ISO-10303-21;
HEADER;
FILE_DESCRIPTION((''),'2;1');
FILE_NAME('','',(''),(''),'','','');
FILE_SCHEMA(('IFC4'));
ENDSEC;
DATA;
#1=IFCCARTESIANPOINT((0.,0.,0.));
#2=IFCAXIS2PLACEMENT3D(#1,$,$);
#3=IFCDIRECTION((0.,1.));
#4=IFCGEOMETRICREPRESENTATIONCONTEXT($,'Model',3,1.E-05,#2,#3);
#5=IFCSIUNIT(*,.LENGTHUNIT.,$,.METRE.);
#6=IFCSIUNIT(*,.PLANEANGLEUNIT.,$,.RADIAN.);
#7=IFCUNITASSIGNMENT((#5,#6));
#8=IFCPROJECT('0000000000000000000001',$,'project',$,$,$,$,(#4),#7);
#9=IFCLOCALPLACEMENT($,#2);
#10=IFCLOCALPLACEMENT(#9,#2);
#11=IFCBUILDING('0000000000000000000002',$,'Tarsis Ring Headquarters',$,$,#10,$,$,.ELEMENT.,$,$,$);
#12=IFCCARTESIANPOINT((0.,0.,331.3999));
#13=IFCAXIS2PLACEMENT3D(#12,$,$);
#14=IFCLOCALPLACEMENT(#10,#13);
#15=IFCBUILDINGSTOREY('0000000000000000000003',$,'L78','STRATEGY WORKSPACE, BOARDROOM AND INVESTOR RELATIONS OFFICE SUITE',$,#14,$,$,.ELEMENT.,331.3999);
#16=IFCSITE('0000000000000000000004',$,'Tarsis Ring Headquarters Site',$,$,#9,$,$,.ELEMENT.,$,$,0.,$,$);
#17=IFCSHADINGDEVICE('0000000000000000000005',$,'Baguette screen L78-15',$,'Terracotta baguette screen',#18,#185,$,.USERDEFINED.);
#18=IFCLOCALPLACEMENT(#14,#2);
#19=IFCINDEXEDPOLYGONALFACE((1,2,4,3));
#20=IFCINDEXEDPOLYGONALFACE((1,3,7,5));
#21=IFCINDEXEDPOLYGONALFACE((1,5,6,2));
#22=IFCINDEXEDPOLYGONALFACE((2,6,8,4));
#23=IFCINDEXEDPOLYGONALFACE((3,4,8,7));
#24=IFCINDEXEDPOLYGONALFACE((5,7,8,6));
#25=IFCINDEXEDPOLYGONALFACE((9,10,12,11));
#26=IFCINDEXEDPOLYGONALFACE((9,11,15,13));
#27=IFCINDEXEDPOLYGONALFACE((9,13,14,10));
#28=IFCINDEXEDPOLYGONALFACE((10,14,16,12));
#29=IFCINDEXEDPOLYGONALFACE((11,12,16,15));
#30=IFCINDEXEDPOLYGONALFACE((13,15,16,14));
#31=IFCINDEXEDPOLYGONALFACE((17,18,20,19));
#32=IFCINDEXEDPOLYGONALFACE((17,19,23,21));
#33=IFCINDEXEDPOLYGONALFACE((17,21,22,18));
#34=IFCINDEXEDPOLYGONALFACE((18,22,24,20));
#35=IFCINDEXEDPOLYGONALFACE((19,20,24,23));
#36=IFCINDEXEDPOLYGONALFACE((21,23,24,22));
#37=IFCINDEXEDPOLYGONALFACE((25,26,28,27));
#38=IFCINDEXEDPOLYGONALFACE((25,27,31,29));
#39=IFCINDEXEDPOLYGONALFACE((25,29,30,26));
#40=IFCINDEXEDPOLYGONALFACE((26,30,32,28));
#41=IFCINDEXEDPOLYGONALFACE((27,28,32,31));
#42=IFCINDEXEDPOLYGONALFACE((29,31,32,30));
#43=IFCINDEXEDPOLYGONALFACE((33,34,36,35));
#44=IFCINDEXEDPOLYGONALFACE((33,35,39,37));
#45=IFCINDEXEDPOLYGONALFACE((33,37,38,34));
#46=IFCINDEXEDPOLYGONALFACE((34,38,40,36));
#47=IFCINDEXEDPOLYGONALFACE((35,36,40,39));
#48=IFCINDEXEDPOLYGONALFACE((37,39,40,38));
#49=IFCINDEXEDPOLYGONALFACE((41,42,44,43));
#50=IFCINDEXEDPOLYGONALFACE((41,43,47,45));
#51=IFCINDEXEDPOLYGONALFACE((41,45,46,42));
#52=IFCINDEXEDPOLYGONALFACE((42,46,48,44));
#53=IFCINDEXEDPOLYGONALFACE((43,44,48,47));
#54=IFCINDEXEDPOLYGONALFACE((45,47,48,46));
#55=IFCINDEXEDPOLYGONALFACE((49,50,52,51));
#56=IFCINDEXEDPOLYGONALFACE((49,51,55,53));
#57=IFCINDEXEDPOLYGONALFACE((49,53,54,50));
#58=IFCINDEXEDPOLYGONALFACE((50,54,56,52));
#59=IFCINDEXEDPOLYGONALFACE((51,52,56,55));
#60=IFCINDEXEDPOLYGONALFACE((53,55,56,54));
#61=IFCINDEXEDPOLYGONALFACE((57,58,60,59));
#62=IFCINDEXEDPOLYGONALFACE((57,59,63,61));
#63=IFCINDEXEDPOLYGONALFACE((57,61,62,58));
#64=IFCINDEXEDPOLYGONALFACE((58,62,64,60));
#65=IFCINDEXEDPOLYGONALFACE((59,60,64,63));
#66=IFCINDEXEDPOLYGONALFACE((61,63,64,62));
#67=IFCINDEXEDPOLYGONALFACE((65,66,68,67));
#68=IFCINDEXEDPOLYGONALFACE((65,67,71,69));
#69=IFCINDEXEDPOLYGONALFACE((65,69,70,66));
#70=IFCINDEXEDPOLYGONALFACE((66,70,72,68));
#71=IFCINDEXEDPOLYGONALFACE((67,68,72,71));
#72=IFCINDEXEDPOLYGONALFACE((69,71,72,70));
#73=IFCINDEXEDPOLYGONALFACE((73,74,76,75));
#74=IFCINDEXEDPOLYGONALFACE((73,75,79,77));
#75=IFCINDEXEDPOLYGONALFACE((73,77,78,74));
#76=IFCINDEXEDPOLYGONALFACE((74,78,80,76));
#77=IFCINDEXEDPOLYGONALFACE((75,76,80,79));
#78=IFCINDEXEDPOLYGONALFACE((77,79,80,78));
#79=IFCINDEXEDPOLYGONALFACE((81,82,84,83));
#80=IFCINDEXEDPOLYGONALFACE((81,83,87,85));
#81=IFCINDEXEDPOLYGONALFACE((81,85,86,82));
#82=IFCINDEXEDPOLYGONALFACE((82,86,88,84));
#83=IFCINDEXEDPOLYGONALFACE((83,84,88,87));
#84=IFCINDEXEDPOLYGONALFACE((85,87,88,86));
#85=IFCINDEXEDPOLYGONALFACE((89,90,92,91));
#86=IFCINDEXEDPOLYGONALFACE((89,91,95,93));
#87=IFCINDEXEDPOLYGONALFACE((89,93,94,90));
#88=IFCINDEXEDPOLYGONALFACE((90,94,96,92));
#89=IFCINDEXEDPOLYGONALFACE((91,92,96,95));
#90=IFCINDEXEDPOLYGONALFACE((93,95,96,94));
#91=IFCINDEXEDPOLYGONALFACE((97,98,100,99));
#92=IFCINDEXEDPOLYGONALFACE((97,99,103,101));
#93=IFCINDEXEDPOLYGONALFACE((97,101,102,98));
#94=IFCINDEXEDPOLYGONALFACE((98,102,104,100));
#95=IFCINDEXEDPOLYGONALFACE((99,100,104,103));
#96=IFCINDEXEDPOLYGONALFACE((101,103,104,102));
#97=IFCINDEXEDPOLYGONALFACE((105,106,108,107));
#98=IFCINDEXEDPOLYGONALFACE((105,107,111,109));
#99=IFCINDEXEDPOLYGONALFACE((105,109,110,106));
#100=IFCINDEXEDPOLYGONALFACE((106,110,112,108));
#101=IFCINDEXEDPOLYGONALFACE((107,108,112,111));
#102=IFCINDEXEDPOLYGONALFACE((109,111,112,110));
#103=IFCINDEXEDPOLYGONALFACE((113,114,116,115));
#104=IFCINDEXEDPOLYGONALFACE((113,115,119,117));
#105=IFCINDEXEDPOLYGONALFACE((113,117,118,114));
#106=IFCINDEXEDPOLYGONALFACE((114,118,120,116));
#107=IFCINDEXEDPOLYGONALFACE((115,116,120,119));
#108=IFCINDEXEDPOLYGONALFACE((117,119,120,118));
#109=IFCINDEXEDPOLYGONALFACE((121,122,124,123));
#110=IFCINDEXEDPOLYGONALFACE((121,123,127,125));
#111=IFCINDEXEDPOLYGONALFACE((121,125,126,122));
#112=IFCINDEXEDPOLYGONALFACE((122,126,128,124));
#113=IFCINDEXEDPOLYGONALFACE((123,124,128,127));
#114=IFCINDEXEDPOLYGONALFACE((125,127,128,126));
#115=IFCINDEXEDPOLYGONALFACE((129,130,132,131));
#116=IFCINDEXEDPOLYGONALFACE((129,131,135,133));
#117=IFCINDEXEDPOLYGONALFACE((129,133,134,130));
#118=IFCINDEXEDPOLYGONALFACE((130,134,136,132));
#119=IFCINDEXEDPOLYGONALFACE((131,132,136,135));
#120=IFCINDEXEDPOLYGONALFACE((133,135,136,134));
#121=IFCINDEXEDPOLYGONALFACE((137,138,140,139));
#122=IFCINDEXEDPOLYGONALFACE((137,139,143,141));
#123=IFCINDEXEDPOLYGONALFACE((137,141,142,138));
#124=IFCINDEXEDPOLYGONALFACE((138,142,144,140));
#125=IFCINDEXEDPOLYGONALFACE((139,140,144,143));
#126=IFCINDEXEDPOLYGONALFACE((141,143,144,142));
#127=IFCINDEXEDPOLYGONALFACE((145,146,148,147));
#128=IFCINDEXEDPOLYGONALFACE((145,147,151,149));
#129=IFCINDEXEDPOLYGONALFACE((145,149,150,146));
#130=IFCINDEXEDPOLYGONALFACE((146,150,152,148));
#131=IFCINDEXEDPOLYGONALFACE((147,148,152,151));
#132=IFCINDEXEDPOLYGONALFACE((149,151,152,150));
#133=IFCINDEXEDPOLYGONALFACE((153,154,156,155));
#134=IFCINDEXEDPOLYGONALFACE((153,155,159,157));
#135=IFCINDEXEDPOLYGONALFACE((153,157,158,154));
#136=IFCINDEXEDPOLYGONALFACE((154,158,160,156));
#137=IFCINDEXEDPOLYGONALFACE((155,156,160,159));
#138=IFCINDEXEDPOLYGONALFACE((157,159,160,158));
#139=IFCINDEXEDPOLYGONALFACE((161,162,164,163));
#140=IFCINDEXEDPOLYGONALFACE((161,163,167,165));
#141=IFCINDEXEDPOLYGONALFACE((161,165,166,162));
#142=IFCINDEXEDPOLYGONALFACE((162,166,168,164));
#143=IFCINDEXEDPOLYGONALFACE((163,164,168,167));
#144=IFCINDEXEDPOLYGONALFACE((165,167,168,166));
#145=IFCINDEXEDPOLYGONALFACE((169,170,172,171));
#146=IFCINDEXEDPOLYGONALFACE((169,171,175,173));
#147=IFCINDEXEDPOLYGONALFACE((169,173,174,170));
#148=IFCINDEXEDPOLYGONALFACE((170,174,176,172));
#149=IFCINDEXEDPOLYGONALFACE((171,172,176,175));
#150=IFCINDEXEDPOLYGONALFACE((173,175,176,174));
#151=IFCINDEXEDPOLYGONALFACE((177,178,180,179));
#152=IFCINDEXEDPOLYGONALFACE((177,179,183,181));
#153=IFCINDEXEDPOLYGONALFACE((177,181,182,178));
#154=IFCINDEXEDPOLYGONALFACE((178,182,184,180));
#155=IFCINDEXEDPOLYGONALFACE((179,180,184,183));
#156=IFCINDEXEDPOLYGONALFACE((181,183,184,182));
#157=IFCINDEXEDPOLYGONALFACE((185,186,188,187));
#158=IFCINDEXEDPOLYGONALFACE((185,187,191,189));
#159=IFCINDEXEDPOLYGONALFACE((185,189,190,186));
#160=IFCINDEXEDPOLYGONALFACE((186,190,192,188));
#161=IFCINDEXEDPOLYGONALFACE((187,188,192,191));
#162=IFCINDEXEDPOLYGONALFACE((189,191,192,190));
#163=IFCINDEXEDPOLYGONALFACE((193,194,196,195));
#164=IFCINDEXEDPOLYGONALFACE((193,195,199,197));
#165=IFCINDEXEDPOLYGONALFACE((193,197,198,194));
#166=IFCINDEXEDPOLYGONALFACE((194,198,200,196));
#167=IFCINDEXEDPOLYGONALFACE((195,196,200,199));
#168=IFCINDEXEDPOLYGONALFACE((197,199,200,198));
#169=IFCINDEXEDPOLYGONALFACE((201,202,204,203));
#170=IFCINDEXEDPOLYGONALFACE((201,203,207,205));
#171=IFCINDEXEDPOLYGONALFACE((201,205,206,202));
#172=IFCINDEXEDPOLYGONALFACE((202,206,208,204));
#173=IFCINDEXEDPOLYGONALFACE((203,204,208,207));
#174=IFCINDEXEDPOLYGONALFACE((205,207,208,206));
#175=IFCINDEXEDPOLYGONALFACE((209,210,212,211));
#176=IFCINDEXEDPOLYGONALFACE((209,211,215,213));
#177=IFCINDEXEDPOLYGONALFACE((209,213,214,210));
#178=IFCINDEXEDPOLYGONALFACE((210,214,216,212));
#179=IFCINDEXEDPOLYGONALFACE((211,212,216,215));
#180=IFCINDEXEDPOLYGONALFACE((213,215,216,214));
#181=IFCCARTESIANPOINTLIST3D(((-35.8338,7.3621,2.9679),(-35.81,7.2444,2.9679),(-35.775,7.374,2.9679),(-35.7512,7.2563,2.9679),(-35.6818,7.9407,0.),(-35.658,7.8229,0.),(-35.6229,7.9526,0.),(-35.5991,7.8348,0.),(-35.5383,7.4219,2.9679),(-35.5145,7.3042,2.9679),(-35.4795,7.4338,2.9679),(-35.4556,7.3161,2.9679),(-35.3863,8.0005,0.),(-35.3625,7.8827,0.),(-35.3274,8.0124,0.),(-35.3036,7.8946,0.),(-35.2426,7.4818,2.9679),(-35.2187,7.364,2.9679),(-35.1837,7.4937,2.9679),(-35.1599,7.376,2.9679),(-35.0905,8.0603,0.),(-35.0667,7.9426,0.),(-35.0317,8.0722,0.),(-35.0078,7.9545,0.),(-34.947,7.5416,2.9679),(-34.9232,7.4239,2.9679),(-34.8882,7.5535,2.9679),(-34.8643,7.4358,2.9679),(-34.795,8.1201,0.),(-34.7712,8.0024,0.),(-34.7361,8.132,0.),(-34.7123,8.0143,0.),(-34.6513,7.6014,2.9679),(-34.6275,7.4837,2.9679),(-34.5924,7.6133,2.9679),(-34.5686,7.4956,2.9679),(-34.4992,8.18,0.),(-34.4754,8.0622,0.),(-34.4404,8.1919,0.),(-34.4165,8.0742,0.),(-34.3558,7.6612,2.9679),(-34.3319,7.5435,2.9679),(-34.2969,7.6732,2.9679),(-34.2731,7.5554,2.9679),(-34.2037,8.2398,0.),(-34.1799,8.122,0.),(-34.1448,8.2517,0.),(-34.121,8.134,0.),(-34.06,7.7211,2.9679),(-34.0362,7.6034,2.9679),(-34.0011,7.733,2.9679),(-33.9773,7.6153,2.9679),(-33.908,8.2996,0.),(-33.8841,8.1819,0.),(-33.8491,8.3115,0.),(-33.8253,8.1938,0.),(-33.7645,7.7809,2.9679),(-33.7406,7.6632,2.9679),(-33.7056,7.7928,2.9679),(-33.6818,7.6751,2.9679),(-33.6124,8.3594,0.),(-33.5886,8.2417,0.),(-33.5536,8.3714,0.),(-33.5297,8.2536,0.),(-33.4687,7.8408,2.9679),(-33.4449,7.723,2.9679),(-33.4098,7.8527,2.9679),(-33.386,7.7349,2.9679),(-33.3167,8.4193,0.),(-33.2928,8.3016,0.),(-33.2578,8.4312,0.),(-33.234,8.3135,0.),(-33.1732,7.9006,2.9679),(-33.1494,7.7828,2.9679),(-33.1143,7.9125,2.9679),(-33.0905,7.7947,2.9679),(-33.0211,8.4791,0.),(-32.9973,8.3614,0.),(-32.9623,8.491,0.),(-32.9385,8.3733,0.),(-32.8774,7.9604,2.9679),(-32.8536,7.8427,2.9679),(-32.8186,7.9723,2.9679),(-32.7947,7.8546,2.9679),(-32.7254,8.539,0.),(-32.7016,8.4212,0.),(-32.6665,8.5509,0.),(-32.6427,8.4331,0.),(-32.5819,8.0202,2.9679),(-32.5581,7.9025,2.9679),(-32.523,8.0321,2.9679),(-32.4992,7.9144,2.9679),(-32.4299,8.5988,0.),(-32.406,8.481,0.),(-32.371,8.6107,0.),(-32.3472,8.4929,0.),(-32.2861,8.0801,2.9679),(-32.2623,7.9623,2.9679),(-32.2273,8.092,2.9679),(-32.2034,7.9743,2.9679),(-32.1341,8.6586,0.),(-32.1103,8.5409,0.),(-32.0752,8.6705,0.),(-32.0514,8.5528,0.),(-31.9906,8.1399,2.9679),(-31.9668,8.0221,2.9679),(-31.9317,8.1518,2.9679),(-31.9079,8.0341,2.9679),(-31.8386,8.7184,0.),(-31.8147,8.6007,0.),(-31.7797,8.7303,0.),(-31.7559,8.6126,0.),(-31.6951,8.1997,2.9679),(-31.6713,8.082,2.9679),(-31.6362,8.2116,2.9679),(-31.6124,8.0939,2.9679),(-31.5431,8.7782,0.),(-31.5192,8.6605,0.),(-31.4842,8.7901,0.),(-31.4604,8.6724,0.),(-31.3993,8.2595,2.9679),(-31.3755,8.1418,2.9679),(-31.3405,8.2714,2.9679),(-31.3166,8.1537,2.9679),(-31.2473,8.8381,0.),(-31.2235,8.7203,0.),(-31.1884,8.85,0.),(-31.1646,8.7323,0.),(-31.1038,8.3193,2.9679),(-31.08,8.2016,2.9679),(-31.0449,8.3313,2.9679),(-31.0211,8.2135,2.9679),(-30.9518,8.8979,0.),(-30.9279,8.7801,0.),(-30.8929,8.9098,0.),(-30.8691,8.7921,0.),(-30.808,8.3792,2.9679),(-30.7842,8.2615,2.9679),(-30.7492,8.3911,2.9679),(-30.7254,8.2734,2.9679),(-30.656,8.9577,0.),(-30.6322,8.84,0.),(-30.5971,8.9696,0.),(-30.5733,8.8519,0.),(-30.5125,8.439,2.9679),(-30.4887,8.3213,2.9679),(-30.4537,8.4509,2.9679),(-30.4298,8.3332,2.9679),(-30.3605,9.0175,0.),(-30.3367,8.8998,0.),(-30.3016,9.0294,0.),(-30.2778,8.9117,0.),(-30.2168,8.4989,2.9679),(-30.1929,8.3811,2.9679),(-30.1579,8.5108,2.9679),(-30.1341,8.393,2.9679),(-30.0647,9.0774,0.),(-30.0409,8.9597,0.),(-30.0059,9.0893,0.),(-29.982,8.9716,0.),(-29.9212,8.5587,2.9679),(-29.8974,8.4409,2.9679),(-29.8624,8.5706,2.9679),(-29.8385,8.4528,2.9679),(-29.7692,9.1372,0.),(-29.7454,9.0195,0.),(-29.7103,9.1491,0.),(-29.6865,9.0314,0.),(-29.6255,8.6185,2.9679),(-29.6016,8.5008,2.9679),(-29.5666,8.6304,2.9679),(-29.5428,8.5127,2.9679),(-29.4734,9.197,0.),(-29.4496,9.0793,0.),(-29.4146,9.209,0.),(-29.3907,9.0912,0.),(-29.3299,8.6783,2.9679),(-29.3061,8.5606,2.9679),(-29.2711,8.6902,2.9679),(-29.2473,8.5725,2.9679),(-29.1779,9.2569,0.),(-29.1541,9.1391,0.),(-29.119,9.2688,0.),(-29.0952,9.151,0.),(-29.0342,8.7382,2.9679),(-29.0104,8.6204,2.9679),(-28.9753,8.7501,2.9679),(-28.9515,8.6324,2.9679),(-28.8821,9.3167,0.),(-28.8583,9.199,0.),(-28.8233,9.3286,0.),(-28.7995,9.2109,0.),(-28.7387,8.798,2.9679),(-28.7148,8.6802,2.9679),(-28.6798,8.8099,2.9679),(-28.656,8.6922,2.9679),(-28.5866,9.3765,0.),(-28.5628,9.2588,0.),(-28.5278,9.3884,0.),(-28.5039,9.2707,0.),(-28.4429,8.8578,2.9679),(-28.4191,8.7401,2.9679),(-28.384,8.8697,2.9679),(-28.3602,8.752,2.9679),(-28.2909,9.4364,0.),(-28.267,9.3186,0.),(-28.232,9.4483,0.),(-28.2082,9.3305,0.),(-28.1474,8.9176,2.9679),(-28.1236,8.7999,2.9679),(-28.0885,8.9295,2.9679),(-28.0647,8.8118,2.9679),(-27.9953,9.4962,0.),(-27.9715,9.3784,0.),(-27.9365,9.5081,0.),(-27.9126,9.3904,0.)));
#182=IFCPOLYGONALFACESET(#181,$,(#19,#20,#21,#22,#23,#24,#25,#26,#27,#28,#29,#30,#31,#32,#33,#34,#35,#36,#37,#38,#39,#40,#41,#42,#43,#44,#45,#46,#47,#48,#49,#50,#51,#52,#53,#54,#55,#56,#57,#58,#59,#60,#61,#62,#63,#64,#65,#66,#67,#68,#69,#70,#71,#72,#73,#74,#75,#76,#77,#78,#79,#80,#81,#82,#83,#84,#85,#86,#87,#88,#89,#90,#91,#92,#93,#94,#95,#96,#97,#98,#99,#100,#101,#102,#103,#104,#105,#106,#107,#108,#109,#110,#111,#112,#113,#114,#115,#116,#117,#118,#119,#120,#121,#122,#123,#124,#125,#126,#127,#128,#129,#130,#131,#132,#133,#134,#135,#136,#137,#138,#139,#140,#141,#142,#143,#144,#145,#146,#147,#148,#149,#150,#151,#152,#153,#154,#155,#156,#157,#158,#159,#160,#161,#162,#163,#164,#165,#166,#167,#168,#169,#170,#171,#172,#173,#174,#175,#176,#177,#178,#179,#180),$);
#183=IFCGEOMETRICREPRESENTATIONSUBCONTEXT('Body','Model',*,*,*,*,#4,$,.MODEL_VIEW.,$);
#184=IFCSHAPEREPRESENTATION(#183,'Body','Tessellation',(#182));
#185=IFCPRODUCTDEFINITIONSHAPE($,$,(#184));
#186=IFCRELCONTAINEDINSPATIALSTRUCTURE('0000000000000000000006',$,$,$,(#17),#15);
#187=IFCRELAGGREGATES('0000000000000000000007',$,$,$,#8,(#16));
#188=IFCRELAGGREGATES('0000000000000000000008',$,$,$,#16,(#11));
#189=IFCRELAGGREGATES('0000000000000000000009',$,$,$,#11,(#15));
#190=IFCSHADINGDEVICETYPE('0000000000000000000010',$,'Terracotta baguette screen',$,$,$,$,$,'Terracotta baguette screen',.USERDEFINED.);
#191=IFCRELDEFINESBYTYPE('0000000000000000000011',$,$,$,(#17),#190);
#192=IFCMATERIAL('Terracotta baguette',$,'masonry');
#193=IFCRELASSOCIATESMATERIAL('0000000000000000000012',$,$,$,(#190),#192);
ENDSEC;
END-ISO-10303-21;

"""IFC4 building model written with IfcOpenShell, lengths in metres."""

from ifc_helpers import new_model, si_unit, direction, frame, frame_2d, origin, place, context, subcontext, project, spatial, rectangle, composite_profile, extrude, material, type_object, element, save


model = new_model("IFC4")

# Units and contexts
model_context = context("Model", 3, precision=1e-05, world=origin(), true_north=direction((0.0, 1.0)))
body_context = subcontext(model_context, "Body", "Model", "MODEL_VIEW")
ifc_project = project(units=[si_unit("LENGTHUNIT", "METRE"), si_unit("PLANEANGLEUNIT", "RADIAN")], contexts=[model_context])

# Site, building, storey
site_placement = place(None, origin())
site = spatial("IfcSite", under=ifc_project, at=site_placement, Name="Tarsis Ring Headquarters Site", CompositionType="ELEMENT", RefElevation=0.0)
building_placement = place(site_placement, origin())
building = spatial("IfcBuilding", under=site, at=building_placement, Name="Tarsis Ring Headquarters", CompositionType="ELEMENT")
storey_placement = place(building_placement, frame((0.0, 0.0, 331.3999)))
storey = spatial("IfcBuildingStorey", under=building, at=storey_placement, Name="L78", Description="STRATEGY WORKSPACE, BOARDROOM AND INVESTOR RELATIONS OFFICE SUITE", CompositionType="ELEMENT", Elevation=331.3999)

# Shading device
ifc_material_1 = material(Name="Terracotta baguette", Category="masonry")
shading_device_type_1 = type_object("IfcShadingDeviceType", Name="Terracotta baguette screen", ElementType="Terracotta baguette screen", PredefinedType="USERDEFINED", material=ifc_material_1)
shading_device_1_placement = place(storey_placement, frame((-27.9246, 9.4492, 0.0), z_axis=(0.0, 0.0, 1.0), x_axis=(-0.980134, -0.19835, 0.0)))
element("IfcShadingDevice", 1, at=shading_device_1_placement, inside=storey, type_object=shading_device_type_1, Name="Baguette screen L78-15", ObjectType="Terracotta baguette screen", PredefinedType="USERDEFINED", context=body_context, shape_type="SweptSolid", body=[
    extrude(composite_profile([rectangle(XDim=0.0601, YDim=0.1201, at=frame_2d((0.03, 0.0))), rectangle(XDim=0.0601, YDim=0.1201, at=frame_2d((0.3315, 0.0))), rectangle(XDim=0.0601, YDim=0.1201, at=frame_2d((0.6333, 0.0))), rectangle(XDim=0.0601, YDim=0.1201, at=frame_2d((0.9348, 0.0))), rectangle(XDim=0.0601, YDim=0.1201, at=frame_2d((1.2366, 0.0))), rectangle(XDim=0.0601, YDim=0.1201, at=frame_2d((1.5381, 0.0))), rectangle(XDim=0.0601, YDim=0.1201, at=frame_2d((1.8398, 0.0))), rectangle(XDim=0.0601, YDim=0.1201, at=frame_2d((2.1414, 0.0))), rectangle(XDim=0.0601, YDim=0.1201, at=frame_2d((2.4431, 0.0))), rectangle(XDim=0.0601, YDim=0.1201, at=frame_2d((2.7446, 0.0))), rectangle(XDim=0.0601, YDim=0.1201, at=frame_2d((3.0464, 0.0))), rectangle(XDim=0.0601, YDim=0.1201, at=frame_2d((3.3479, 0.0))), rectangle(XDim=0.0601, YDim=0.1201, at=frame_2d((3.6497, 0.0))), rectangle(XDim=0.0601, YDim=0.1201, at=frame_2d((3.9512, 0.0))), rectangle(XDim=0.0601, YDim=0.1201, at=frame_2d((4.2527, 0.0))), rectangle(XDim=0.0601, YDim=0.1201, at=frame_2d((4.5544, 0.0))), rectangle(XDim=0.0601, YDim=0.1201, at=frame_2d((4.856, 0.0))), rectangle(XDim=0.0601, YDim=0.1201, at=frame_2d((5.1577, 0.0))), rectangle(XDim=0.0601, YDim=0.1201, at=frame_2d((5.4592, 0.0))), rectangle(XDim=0.0601, YDim=0.1201, at=frame_2d((5.761, 0.0))), rectangle(XDim=0.0601, YDim=0.1201, at=frame_2d((6.0625, 0.0))), rectangle(XDim=0.0601, YDim=0.1201, at=frame_2d((6.3643, 0.0))), rectangle(XDim=0.0601, YDim=0.1201, at=frame_2d((6.6658, 0.0))), rectangle(XDim=0.0601, YDim=0.1201, at=frame_2d((6.9675, 0.0))), rectangle(XDim=0.0601, YDim=0.1201, at=frame_2d((7.269, 0.0))), rectangle(XDim=0.0601, YDim=0.1201, at=frame_2d((7.5708, 0.0))), rectangle(XDim=0.0601, YDim=0.1201, at=frame_2d((7.8723, 0.0)))]), origin(), (0.087122, 0.177331, 0.980287), 3.0276),
])

save(model, "model.ifc")
